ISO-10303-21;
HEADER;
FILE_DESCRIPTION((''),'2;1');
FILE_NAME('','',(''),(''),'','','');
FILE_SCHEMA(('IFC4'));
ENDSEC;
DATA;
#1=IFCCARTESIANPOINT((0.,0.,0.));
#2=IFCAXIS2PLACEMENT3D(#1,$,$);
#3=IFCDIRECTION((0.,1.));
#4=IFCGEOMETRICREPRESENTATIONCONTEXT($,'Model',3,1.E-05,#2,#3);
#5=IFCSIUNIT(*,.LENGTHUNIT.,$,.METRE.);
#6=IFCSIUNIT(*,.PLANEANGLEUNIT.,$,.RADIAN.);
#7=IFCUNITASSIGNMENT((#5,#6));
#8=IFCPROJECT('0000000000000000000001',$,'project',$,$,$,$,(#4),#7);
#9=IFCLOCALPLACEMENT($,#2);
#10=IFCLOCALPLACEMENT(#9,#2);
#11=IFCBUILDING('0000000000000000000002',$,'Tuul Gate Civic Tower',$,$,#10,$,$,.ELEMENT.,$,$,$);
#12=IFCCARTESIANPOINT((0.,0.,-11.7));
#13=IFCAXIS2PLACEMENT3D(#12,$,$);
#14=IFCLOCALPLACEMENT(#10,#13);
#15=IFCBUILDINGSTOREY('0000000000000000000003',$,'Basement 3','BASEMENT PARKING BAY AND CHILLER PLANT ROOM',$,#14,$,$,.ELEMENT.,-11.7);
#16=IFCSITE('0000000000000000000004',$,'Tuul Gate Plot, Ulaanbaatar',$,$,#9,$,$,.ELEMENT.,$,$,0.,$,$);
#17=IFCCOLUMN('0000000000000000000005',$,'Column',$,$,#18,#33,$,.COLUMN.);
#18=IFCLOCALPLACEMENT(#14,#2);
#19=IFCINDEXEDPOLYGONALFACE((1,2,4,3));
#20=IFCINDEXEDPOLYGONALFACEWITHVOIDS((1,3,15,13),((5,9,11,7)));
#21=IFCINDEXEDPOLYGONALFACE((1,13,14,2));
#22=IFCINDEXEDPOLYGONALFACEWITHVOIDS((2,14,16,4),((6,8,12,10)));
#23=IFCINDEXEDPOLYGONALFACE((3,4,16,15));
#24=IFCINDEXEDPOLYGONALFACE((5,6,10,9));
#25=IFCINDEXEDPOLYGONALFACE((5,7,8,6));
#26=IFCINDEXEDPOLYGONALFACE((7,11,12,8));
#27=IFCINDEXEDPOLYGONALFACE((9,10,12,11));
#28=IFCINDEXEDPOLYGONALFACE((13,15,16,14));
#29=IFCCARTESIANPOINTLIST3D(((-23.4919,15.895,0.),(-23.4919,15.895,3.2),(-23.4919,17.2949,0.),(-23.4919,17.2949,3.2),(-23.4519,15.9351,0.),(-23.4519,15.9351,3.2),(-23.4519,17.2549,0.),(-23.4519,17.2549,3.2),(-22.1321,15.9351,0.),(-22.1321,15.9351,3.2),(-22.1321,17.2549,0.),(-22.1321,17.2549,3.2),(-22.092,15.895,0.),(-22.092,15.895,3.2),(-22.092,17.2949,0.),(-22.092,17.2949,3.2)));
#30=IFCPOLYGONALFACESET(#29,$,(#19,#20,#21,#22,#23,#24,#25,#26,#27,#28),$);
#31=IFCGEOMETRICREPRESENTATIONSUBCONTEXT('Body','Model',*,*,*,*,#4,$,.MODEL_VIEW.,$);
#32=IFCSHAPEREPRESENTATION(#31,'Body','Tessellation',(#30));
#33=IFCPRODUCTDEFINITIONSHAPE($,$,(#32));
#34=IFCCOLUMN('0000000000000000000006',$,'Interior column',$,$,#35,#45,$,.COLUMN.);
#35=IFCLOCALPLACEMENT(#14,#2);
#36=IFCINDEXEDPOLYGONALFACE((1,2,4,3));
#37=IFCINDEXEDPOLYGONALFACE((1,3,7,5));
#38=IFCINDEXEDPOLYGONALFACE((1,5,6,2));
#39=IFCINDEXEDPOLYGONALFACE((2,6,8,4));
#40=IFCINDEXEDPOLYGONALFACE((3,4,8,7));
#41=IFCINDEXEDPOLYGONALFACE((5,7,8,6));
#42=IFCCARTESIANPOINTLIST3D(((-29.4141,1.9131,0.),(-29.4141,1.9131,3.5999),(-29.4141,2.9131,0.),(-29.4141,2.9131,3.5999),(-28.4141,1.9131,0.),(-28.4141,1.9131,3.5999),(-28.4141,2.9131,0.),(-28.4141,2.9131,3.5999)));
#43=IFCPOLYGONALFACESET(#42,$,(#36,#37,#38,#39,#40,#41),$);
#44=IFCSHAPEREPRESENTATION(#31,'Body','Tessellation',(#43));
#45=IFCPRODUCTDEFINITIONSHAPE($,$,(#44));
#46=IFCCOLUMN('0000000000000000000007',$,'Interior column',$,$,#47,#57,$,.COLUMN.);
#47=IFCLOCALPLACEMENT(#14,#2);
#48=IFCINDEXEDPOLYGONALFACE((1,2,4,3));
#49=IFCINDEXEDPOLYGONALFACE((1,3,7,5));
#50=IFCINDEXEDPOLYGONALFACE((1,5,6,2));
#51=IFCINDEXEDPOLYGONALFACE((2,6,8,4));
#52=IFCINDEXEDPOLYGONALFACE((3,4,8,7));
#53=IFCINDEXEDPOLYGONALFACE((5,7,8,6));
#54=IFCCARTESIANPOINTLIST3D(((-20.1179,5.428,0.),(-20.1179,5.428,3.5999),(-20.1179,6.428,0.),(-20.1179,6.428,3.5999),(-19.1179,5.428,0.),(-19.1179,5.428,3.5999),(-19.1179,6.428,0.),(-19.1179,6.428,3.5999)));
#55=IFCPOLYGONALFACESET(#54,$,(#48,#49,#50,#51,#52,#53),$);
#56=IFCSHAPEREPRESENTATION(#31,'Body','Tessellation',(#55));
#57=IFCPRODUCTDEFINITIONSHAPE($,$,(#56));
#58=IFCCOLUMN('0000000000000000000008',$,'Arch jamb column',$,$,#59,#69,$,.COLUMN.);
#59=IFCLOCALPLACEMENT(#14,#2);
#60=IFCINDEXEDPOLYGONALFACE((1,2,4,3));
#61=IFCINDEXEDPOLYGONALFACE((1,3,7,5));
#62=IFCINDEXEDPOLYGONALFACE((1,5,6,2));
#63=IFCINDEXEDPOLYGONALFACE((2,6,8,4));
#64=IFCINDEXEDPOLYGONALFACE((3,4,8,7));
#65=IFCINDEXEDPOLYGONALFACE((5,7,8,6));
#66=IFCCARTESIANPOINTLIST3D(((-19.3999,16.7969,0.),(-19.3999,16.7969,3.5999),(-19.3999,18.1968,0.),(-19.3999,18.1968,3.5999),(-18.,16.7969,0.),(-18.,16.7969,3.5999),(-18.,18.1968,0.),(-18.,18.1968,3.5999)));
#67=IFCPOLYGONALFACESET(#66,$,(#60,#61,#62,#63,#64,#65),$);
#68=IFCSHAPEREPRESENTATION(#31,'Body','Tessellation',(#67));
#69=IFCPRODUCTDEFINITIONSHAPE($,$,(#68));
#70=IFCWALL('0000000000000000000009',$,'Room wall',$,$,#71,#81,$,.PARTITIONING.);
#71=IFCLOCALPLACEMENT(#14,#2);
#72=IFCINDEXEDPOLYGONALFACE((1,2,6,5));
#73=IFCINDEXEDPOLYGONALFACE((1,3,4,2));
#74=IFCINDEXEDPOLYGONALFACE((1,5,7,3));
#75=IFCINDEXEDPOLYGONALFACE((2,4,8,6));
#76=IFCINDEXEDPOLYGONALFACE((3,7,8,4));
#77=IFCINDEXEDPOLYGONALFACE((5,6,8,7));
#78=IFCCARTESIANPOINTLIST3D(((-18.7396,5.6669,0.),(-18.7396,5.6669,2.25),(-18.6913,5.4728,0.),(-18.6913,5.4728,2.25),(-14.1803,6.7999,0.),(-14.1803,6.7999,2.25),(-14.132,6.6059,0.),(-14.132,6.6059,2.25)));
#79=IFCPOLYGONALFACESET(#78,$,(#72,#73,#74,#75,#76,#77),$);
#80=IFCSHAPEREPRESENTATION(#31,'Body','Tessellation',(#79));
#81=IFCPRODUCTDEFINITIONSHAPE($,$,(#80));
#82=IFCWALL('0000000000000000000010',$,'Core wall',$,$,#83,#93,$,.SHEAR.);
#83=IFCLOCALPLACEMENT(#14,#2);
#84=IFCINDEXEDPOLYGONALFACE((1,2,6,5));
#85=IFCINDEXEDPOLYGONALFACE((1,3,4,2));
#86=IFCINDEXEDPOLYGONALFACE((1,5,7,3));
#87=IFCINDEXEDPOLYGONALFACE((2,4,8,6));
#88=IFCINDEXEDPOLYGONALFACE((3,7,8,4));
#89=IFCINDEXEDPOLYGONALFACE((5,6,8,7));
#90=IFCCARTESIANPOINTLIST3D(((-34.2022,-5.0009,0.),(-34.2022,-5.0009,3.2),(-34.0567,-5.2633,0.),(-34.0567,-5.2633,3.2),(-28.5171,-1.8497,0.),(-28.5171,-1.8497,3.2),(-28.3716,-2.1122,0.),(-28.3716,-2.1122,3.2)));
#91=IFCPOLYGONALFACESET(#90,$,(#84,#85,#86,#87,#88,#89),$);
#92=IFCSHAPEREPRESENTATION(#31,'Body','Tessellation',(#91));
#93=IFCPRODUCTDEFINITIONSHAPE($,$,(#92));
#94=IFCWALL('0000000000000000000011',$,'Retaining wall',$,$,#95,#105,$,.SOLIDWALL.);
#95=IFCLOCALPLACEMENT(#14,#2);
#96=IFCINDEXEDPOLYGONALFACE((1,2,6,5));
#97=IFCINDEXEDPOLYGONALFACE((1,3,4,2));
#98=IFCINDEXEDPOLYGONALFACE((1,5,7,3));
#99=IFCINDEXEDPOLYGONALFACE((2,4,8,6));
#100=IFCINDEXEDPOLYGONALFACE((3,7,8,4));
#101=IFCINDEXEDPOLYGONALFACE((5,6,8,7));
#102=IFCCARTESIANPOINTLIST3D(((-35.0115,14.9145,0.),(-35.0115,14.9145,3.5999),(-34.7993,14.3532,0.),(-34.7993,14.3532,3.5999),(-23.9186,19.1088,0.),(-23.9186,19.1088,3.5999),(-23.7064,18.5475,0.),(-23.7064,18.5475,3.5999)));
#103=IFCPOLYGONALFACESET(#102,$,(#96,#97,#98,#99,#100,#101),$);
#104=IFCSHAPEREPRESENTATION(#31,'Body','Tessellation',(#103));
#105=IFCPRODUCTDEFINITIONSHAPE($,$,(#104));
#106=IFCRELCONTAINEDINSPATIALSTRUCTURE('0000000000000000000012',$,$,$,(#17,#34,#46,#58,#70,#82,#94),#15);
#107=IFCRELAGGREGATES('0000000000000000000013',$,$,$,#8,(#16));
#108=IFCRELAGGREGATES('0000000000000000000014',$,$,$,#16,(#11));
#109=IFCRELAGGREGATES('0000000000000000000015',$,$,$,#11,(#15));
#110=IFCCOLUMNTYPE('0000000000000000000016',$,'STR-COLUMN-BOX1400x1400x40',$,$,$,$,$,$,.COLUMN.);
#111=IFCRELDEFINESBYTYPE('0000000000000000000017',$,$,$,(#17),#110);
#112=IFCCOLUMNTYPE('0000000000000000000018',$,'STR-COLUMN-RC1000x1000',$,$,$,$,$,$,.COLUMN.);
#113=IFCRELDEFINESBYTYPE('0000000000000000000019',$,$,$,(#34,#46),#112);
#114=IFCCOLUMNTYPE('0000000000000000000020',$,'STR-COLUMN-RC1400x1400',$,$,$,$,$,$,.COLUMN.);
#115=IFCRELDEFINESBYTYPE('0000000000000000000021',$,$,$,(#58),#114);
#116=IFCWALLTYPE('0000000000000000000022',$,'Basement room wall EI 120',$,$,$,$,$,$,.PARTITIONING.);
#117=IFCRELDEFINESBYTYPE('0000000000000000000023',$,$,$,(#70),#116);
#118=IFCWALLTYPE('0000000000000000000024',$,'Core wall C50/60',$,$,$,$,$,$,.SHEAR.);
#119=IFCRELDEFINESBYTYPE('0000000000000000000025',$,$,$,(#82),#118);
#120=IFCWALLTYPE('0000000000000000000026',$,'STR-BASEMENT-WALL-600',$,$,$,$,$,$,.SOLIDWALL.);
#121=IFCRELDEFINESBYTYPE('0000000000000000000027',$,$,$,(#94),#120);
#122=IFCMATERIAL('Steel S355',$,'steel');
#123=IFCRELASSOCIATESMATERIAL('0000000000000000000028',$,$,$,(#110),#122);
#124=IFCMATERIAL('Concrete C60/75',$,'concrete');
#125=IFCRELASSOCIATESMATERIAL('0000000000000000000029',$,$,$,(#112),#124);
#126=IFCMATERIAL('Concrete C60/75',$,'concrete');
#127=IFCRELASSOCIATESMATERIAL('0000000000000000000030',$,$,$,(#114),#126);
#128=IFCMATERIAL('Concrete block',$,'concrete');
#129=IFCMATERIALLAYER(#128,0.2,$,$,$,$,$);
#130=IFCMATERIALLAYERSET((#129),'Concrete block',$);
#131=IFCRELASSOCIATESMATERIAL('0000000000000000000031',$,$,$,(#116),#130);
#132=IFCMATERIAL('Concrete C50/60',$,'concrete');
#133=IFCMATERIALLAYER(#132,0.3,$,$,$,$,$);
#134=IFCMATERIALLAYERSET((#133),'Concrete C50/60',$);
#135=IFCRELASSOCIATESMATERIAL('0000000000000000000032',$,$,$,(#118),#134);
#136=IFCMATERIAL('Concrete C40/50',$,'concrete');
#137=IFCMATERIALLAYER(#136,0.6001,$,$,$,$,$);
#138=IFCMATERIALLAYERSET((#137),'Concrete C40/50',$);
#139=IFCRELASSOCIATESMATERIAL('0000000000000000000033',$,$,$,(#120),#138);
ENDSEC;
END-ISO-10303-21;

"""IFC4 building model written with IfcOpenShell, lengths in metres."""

from ifc_helpers import new_model, si_unit, direction, frame, frame_2d, origin, origin_2d, place, context, subcontext, project, spatial, rectangle, hollow_rectangle, extrude, material, layer, layer_set, material_profile, profile_set, type_object, element, save


model = new_model("IFC4")

# Units and contexts
model_context = context("Model", 3, precision=1e-05, world=origin(), true_north=direction((0.0, 1.0)))
body_context = subcontext(model_context, "Body", "Model", "MODEL_VIEW")
ifc_project = project(units=[si_unit("LENGTHUNIT", "METRE"), si_unit("PLANEANGLEUNIT", "RADIAN")], contexts=[model_context])

# Site, building, storey
site_placement = place(None, origin())
site = spatial("IfcSite", under=ifc_project, at=site_placement, Name="Tuul Gate Plot, Ulaanbaatar", CompositionType="ELEMENT", RefElevation=0.0)
building_placement = place(site_placement, origin())
building = spatial("IfcBuilding", under=site, at=building_placement, Name="Tuul Gate Civic Tower", CompositionType="ELEMENT")
storey_placement = place(building_placement, frame((0.0, 0.0, -11.7)))
storey = spatial("IfcBuildingStorey", under=building, at=storey_placement, Name="Basement 3", Description="BASEMENT PARKING BAY AND CHILLER PLANT ROOM", CompositionType="ELEMENT", Elevation=-11.7)

# Columns
ifc_material_1 = material(Name="Steel S355", Category="steel")
ifc_material_profile_1 = material_profile(ifc_material_1, hollow_rectangle(XDim=1.3999, YDim=1.3999, WallThickness=0.04, at=origin_2d()), Name="BOX1400x1400x40")
ifc_profile_set_1 = profile_set([ifc_material_profile_1], Name="Steel S355")
column_type_1 = type_object("IfcColumnType", Name="STR-COLUMN-BOX1400x1400x40", PredefinedType="COLUMN", material=ifc_profile_set_1)
column_1_placement = place(storey_placement, frame((-22.792, 16.595, 0.0), z_axis=(0.0, 0.0, 1.0), x_axis=(1.0, 0.0, 0.0)))
element("IfcColumn", 1, at=column_1_placement, inside=storey, type_object=column_type_1, Name="Column", PredefinedType="COLUMN", context=body_context, shape_type="SweptSolid", body=[
    extrude(hollow_rectangle(XDim=1.3999, YDim=1.3999, WallThickness=0.04, at=origin_2d()), origin(), (0.0, 0.0, 1.0), 3.2),
])
ifc_material_2 = material(Name="Concrete C60/75", Category="concrete")
ifc_material_profile_2 = material_profile(ifc_material_2, rectangle(XDim=1.0, YDim=1.0, at=origin_2d()), Name="RC1000x1000")
ifc_profile_set_2 = profile_set([ifc_material_profile_2], Name="Concrete C60/75")
column_type_2 = type_object("IfcColumnType", Name="STR-COLUMN-RC1000x1000", PredefinedType="COLUMN", material=ifc_profile_set_2)
for number, where, z_axis, x_axis, name in (
    (2, (-28.9141, 2.4131, 0.0), (0.0, 0.0, 1.0), (1.0, 0.0, 0.0), "Interior column"),
    (3, (-19.6179, 5.928, 0.0), (0.0, 0.0, 1.0), (1.0, 0.0, 0.0), "Interior column"),
):
    element("IfcColumn", number, at=place(storey_placement, frame(where, z_axis=z_axis, x_axis=x_axis)), inside=storey, type_object=column_type_2, Name=name, PredefinedType="COLUMN", context=body_context, shape_type="SweptSolid", body=[
        extrude(rectangle(XDim=1.0, YDim=1.0, at=origin_2d()), origin(), (0.0, 0.0, 1.0), 3.5999),
    ])
ifc_material_3 = material(Name="Concrete C60/75", Category="concrete")
ifc_material_profile_3 = material_profile(ifc_material_3, rectangle(XDim=1.3999, YDim=1.3999, at=origin_2d()), Name="RC1400x1400")
ifc_profile_set_3 = profile_set([ifc_material_profile_3], Name="Concrete C60/75")
column_type_3 = type_object("IfcColumnType", Name="STR-COLUMN-RC1400x1400", PredefinedType="COLUMN", material=ifc_profile_set_3)
column_2_placement = place(storey_placement, frame((-18.7, 17.4968, 0.0), z_axis=(0.0, 0.0, 1.0), x_axis=(1.0, 0.0, 0.0)))
element("IfcColumn", 4, at=column_2_placement, inside=storey, type_object=column_type_3, Name="Arch jamb column", PredefinedType="COLUMN", context=body_context, shape_type="SweptSolid", body=[
    extrude(rectangle(XDim=1.3999, YDim=1.3999, at=origin_2d()), origin(), (0.0, 0.0, 1.0), 3.5999),
])

# Walls
ifc_material_4 = material(Name="Concrete block", Category="concrete")
ifc_layer_1 = layer(ifc_material_4, 0.2)
ifc_layer_set_1 = layer_set([ifc_layer_1], Name="Concrete block")
wall_type_1 = type_object("IfcWallType", Name="Basement room wall EI 120", PredefinedType="PARTITIONING", material=ifc_layer_set_1)
wall_1_placement = place(storey_placement, frame((-18.7156, 5.5698, 0.0), z_axis=(0.0, 0.0, 1.0), x_axis=(0.970481, 0.241178, 0.0)))
element("IfcWall", 5, at=wall_1_placement, inside=storey, type_object=wall_type_1, Name="Room wall", PredefinedType="PARTITIONING", context=body_context, shape_type="SweptSolid", body=[
    extrude(rectangle(XDim=4.698, YDim=0.2, at=frame_2d((2.3491, 0.0))), origin(), (0.0, 0.0, 1.0), 2.25),
])
ifc_material_5 = material(Name="Concrete C50/60", Category="concrete")
ifc_layer_2 = layer(ifc_material_5, 0.3)
ifc_layer_set_2 = layer_set([ifc_layer_2], Name="Concrete C50/60")
wall_type_2 = type_object("IfcWallType", Name="Core wall C50/60", PredefinedType="SHEAR", material=ifc_layer_set_2)
wall_2_placement = place(storey_placement, frame((-28.4443, -1.981, 0.0), z_axis=(0.0, 0.0, 1.0), x_axis=(-0.87463, -0.484791, 0.0)))
element("IfcWall", 6, at=wall_2_placement, inside=storey, type_object=wall_type_2, Name="Core wall", PredefinedType="SHEAR", context=body_context, shape_type="SweptSolid", body=[
    extrude(rectangle(XDim=6.5, YDim=0.3, at=frame_2d((3.25, 0.0))), origin(), (0.0, 0.0, 1.0), 3.2),
])
ifc_material_6 = material(Name="Concrete C40/50", Category="concrete")
ifc_layer_3 = layer(ifc_material_6, 0.6001)
ifc_layer_set_3 = layer_set([ifc_layer_3], Name="Concrete C40/50")
wall_type_3 = type_object("IfcWallType", Name="STR-BASEMENT-WALL-600", PredefinedType="SOLIDWALL", material=ifc_layer_set_3)
wall_3_placement = place(storey_placement, frame((-23.8125, 18.8281, 0.0), z_axis=(0.0, 0.0, 1.0), x_axis=(-0.935371, -0.353669, 0.0)))
element("IfcWall", 7, at=wall_3_placement, inside=storey, type_object=wall_type_3, Name="Retaining wall", PredefinedType="SOLIDWALL", context=body_context, shape_type="SweptSolid", body=[
    extrude(rectangle(XDim=11.8594, YDim=0.6001, at=frame_2d((5.9297, 0.0))), origin(), (0.0, 0.0, 1.0), 3.5999),
])

save(model, "model.ifc")
